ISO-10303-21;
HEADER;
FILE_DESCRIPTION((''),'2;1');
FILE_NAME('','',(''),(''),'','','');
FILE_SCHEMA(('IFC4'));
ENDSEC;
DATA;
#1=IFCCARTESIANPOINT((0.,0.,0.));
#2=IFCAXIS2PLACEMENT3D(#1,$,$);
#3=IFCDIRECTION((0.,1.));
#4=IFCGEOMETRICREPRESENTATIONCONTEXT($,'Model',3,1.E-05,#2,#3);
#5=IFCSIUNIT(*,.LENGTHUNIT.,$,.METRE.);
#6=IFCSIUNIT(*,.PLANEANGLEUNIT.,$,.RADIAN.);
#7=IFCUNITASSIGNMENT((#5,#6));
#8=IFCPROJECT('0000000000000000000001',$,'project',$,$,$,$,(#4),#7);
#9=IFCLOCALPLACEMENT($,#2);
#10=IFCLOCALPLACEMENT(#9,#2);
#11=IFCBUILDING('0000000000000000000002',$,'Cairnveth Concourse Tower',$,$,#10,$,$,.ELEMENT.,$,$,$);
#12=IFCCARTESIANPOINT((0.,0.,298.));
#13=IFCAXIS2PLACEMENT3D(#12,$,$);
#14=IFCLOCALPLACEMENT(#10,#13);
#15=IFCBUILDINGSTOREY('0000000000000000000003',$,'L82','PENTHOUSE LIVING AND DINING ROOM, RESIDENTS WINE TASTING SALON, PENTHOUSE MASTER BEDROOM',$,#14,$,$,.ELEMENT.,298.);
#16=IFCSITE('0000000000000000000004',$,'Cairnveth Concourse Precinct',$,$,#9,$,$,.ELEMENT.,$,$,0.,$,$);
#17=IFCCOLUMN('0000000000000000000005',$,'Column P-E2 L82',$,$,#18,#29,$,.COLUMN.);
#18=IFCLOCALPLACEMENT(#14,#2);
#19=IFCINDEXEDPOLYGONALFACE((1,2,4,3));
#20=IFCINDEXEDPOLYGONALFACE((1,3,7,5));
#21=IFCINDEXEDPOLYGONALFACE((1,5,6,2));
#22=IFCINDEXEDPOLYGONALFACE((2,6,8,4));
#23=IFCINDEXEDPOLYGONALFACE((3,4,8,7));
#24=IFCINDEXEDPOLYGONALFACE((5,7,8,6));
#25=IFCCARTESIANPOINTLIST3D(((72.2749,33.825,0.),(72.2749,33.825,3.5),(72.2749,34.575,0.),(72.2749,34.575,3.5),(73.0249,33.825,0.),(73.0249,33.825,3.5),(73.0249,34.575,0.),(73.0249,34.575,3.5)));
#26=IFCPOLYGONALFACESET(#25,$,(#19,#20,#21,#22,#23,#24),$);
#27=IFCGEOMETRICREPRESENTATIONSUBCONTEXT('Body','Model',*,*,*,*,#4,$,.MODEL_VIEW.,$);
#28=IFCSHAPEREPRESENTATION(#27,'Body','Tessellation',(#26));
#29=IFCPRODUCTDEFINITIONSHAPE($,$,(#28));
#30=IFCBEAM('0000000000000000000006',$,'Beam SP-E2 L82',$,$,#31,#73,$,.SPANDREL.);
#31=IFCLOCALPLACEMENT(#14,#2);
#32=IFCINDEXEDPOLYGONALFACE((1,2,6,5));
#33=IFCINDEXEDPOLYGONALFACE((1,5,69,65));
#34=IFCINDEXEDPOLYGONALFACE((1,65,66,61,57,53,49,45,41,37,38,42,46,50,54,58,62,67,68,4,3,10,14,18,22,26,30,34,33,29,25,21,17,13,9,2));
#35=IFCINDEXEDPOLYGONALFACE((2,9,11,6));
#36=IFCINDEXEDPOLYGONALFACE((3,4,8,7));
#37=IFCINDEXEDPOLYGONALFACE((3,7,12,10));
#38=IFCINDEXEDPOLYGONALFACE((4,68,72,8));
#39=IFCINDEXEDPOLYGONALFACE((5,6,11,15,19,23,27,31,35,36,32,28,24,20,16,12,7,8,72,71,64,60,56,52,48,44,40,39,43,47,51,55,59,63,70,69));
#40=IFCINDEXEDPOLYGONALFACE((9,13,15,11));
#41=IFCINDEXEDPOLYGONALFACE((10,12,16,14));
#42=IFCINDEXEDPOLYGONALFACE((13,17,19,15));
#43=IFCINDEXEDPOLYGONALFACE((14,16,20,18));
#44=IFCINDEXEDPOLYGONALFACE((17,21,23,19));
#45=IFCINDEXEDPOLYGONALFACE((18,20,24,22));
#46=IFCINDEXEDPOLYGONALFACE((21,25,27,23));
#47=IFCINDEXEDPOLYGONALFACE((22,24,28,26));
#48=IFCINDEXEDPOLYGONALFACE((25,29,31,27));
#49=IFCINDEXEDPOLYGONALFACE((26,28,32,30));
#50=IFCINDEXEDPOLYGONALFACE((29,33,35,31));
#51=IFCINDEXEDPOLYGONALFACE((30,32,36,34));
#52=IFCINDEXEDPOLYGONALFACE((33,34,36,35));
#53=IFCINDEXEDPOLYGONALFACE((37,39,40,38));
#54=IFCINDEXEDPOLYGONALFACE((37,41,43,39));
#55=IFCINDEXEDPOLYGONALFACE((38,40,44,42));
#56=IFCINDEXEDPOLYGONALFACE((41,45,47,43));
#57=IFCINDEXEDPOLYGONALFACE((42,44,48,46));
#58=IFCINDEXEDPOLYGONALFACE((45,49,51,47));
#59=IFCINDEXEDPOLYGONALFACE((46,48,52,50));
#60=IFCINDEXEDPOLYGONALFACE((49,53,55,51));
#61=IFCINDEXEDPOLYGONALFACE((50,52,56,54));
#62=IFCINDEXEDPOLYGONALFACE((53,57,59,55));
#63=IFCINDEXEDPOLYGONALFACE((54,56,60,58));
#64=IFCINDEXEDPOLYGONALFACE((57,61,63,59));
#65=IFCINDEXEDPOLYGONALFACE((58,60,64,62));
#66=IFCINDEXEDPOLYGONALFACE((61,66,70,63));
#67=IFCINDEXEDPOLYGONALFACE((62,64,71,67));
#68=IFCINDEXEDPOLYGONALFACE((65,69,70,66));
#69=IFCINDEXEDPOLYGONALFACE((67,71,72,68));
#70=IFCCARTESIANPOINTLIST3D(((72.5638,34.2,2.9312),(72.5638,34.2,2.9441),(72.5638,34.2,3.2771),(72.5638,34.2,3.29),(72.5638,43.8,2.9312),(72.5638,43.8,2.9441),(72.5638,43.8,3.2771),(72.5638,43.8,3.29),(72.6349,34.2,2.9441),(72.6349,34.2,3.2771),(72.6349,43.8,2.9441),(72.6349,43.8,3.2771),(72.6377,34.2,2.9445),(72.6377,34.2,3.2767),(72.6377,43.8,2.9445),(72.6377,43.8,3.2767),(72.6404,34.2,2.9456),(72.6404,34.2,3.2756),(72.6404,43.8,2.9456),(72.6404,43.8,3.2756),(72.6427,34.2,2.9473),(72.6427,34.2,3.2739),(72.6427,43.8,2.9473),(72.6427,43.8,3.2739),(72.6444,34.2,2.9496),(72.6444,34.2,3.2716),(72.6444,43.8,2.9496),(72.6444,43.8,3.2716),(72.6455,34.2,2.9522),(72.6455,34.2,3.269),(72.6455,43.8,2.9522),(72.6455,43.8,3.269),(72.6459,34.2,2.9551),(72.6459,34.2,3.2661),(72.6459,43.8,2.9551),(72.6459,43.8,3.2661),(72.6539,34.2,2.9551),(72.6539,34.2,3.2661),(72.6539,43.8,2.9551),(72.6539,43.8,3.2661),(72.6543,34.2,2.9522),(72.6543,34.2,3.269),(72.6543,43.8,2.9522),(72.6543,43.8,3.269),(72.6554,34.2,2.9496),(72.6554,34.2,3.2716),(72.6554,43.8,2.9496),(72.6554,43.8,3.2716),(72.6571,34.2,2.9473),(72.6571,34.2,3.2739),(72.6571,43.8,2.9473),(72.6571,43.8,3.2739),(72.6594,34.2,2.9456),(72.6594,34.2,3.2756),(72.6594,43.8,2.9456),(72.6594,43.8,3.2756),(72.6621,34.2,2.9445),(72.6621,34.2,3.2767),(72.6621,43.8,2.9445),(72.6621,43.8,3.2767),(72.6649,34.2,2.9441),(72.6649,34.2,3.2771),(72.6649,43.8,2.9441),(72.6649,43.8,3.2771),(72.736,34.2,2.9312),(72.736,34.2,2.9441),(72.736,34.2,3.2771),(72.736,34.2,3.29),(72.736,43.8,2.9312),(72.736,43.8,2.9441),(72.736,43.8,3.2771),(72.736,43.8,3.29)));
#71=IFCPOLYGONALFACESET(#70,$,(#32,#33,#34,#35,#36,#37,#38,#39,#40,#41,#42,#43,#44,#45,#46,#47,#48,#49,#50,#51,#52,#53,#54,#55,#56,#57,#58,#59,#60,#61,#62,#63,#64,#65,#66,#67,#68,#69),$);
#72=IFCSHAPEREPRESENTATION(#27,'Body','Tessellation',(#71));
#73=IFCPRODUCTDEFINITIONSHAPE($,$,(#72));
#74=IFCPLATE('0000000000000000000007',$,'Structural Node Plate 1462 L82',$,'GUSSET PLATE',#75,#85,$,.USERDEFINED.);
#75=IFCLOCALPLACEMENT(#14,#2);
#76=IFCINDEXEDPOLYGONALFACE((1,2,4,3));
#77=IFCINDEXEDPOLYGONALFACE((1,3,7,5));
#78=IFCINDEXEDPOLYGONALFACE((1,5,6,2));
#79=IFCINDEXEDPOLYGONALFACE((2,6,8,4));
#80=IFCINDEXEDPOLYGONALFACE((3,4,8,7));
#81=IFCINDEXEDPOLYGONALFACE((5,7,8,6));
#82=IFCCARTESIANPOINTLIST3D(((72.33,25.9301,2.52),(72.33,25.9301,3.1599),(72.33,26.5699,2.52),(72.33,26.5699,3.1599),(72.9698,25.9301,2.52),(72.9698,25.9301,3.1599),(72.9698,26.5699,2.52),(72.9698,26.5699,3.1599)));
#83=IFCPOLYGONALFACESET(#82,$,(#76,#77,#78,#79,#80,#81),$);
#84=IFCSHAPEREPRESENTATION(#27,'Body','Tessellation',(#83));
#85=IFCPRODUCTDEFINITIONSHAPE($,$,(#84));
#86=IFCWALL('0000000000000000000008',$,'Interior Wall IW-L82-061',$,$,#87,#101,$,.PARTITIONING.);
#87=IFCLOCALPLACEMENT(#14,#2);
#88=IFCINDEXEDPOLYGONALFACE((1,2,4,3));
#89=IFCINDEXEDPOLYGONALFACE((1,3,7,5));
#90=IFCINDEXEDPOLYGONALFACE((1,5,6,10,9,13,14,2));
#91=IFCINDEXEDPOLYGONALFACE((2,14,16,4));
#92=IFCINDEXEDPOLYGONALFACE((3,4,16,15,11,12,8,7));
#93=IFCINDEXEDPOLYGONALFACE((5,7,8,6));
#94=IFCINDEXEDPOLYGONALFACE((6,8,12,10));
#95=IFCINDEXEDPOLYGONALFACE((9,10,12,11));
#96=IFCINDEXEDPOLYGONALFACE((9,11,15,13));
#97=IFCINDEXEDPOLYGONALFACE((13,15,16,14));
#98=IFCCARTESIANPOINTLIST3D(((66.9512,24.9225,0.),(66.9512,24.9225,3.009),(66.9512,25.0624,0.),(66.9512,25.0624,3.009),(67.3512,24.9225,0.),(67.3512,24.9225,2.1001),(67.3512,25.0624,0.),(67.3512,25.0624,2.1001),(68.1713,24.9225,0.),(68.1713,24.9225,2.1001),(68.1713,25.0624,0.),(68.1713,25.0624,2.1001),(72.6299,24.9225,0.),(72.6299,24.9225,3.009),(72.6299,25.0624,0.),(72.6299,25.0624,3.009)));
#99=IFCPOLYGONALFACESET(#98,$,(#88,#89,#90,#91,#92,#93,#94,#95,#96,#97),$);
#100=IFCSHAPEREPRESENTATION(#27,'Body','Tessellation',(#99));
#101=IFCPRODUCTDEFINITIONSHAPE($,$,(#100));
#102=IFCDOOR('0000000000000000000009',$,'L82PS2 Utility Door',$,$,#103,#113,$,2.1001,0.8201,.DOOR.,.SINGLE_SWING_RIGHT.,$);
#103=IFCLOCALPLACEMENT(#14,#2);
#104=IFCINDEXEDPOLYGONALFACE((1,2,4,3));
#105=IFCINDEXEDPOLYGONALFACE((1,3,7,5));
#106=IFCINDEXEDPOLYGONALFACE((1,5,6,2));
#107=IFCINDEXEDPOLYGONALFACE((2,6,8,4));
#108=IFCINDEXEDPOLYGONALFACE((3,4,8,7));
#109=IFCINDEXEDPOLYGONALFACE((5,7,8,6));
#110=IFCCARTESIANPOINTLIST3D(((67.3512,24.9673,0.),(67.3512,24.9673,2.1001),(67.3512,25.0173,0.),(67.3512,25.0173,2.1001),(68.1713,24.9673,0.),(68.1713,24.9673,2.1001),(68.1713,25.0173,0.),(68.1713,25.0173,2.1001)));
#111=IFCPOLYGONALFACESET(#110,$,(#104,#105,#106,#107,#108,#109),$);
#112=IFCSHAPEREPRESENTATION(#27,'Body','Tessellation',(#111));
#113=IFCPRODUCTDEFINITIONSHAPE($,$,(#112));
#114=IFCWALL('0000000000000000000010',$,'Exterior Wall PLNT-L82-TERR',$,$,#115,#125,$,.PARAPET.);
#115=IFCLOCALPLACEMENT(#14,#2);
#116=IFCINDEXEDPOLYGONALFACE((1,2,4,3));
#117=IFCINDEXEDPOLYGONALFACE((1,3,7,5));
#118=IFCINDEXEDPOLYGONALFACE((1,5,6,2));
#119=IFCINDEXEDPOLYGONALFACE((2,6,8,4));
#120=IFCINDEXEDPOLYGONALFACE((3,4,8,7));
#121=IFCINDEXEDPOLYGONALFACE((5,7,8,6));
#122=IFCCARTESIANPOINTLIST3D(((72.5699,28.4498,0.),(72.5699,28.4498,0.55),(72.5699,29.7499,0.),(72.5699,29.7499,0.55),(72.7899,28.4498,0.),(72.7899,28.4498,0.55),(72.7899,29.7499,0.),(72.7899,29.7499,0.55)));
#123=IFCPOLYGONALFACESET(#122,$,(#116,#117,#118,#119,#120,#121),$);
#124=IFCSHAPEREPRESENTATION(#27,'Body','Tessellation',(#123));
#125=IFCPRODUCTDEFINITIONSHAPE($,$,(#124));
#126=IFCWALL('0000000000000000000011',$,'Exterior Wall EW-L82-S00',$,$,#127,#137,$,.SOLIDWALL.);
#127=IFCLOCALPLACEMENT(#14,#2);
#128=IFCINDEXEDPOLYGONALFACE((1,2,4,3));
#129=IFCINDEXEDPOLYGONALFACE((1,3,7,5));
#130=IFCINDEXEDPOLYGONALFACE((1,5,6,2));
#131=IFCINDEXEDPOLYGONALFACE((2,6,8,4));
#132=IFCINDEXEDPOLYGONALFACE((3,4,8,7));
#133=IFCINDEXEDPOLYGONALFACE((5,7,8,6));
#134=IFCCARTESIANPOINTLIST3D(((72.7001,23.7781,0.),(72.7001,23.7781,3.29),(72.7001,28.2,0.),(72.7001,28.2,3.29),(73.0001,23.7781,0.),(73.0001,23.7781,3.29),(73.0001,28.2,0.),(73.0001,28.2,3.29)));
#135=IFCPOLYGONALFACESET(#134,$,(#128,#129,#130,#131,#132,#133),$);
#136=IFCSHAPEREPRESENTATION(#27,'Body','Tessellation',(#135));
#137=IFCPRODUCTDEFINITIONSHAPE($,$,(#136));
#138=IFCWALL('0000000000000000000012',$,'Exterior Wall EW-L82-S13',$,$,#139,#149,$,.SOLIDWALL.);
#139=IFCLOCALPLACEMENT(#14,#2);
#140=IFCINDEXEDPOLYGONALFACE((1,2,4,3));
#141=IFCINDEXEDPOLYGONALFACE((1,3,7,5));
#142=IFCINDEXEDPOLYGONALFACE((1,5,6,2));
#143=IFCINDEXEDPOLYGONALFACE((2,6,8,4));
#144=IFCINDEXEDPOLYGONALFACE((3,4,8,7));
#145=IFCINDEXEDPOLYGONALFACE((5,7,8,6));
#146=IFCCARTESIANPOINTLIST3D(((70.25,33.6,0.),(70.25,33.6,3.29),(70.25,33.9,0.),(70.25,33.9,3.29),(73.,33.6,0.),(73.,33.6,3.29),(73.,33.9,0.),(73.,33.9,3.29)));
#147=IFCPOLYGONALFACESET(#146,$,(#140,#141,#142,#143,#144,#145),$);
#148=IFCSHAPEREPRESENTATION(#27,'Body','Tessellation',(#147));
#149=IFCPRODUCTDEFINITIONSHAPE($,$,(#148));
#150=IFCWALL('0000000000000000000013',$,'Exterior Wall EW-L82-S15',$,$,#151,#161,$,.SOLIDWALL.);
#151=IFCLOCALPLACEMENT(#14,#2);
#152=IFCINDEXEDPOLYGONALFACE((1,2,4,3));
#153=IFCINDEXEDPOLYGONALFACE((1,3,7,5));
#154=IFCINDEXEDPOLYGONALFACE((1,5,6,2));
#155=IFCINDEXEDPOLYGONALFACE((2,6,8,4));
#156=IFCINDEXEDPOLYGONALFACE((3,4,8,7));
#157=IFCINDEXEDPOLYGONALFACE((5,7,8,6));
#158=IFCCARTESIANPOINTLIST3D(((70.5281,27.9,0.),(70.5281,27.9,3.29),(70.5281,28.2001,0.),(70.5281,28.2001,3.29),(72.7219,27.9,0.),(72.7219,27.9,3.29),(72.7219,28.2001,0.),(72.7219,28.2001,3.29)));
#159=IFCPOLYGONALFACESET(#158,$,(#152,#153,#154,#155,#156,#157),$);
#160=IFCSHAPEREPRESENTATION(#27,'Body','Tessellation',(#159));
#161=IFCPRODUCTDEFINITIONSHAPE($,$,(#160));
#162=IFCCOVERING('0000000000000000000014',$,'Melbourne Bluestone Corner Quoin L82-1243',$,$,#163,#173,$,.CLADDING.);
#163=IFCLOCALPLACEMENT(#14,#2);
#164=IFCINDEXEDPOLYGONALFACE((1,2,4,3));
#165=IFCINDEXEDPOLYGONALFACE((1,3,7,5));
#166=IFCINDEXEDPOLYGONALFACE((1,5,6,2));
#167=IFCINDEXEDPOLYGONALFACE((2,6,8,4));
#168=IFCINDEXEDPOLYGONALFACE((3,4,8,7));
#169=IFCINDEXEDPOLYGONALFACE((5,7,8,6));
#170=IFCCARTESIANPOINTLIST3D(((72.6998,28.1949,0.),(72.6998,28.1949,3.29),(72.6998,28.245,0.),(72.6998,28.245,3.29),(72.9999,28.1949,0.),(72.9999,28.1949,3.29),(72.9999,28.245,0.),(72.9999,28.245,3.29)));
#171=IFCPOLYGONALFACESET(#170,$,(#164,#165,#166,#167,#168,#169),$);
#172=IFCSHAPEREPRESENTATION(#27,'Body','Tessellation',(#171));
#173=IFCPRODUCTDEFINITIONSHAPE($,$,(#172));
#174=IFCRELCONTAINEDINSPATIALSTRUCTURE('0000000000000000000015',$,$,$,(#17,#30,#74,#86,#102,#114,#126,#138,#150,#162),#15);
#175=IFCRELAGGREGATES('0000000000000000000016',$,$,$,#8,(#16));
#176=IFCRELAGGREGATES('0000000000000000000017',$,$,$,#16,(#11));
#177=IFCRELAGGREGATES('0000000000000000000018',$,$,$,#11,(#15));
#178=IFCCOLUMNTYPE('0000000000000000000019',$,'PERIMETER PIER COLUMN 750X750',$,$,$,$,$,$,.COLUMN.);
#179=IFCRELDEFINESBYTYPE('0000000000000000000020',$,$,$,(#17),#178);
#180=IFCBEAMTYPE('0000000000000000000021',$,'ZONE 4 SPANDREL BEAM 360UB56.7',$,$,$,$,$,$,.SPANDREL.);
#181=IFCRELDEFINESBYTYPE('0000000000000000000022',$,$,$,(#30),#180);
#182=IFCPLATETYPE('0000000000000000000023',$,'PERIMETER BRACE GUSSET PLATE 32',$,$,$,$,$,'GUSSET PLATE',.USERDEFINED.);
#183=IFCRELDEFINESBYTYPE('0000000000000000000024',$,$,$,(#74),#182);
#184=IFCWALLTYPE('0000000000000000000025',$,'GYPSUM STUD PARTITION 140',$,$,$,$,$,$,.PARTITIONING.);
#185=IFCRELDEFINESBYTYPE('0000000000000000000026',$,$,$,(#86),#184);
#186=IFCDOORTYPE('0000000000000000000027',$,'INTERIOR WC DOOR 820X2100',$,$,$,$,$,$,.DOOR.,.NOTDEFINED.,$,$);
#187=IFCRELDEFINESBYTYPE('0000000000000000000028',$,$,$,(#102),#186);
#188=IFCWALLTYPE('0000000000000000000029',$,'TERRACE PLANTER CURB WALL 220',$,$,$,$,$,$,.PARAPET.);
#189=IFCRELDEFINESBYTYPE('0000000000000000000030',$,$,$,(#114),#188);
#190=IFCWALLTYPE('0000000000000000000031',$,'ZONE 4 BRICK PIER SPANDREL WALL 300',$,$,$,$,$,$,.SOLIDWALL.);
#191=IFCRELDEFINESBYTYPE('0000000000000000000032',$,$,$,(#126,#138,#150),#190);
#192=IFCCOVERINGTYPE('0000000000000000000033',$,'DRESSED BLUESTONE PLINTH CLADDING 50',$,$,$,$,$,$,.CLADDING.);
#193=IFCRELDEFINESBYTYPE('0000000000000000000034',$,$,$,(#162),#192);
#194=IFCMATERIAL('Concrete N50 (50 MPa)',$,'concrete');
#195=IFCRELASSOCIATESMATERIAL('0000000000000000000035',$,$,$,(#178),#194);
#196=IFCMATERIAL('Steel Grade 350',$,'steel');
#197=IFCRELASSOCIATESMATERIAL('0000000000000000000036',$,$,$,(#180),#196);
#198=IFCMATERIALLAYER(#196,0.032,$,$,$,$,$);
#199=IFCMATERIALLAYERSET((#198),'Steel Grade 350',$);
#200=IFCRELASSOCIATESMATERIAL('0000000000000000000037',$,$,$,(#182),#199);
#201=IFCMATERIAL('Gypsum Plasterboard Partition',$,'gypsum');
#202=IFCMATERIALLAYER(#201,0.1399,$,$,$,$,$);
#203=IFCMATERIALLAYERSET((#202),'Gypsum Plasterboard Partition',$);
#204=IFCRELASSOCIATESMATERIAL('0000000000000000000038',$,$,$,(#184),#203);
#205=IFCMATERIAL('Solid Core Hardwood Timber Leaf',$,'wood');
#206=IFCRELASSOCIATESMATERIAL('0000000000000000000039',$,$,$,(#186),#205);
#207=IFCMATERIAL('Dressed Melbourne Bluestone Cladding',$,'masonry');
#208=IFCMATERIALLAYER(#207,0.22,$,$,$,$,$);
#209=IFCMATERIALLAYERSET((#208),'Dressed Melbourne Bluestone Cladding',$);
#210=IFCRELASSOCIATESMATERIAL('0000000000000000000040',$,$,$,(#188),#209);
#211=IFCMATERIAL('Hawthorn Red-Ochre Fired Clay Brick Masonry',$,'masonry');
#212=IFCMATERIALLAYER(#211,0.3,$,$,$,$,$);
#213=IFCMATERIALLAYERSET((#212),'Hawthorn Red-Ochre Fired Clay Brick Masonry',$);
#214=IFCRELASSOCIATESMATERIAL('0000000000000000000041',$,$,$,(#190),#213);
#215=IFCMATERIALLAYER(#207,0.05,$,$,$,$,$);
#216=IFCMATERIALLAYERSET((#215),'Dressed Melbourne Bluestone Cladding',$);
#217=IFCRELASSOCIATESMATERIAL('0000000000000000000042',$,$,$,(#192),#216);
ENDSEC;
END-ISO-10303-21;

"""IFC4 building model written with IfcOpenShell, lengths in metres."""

from ifc_helpers import new_model, si_unit, direction, frame, frame_2d, origin, origin_2d, place, context, subcontext, project, spatial, rectangle, i_section, extrude, material, layer, layer_set, material_profile, profile_set, type_object, element, fill, save


model = new_model("IFC4")

# Units and contexts
model_context = context("Model", 3, precision=1e-05, world=origin(), true_north=direction((0.0, 1.0)))
body_context = subcontext(model_context, "Body", "Model", "MODEL_VIEW")
ifc_project = project(units=[si_unit("LENGTHUNIT", "METRE"), si_unit("PLANEANGLEUNIT", "RADIAN")], contexts=[model_context])

# Site, building, storey
site_placement = place(None, origin())
site = spatial("IfcSite", under=ifc_project, at=site_placement, Name="Cairnveth Concourse Precinct", CompositionType="ELEMENT", RefElevation=0.0)
building_placement = place(site_placement, origin())
building = spatial("IfcBuilding", under=site, at=building_placement, Name="Cairnveth Concourse Tower", CompositionType="ELEMENT")
storey_placement = place(building_placement, frame((0.0, 0.0, 298.0)))
storey = spatial("IfcBuildingStorey", under=building, at=storey_placement, Name="L82", Description="PENTHOUSE LIVING AND DINING ROOM, RESIDENTS WINE TASTING SALON, PENTHOUSE MASTER BEDROOM", CompositionType="ELEMENT", Elevation=298.0)

# Column
ifc_material_1 = material(Name="Concrete N50 (50 MPa)", Category="concrete")
ifc_material_profile_1 = material_profile(ifc_material_1, rectangle(XDim=0.75, YDim=0.75, at=origin_2d()), Name="RC-COL-750x750")
ifc_profile_set_1 = profile_set([ifc_material_profile_1], Name="Concrete N50 (50 MPa)")
column_type = type_object("IfcColumnType", Name="PERIMETER PIER COLUMN 750X750", PredefinedType="COLUMN", material=ifc_profile_set_1)
column_placement = place(storey_placement, frame((72.6499, 34.2, 0.0), z_axis=(0.0, 0.0, 1.0), x_axis=(0.0, 1.0, 0.0)))
element("IfcColumn", 1, at=column_placement, inside=storey, type_object=column_type, Name="Column P-E2 L82", PredefinedType="COLUMN", context=body_context, shape_type="SweptSolid", body=[
    extrude(rectangle(XDim=0.75, YDim=0.75, at=origin_2d()), origin(), (0.0, 0.0, 1.0), 3.5),
])

# Beam
ifc_material_2 = material(Name="Steel Grade 350", Category="steel")
ifc_material_profile_2 = material_profile(ifc_material_2, i_section(OverallWidth=0.1721, OverallDepth=0.3589, WebThickness=0.0081, FlangeThickness=0.0129, FilletRadius=0.011, at=origin_2d()), Name="360UB56.7")
ifc_profile_set_2 = profile_set([ifc_material_profile_2], Name="Steel Grade 350")
beam_type = type_object("IfcBeamType", Name="ZONE 4 SPANDREL BEAM 360UB56.7", PredefinedType="SPANDREL", material=ifc_profile_set_2)
beam_placement = place(storey_placement, frame((72.6499, 34.2, 3.1106), z_axis=(0.0, 1.0, 0.0), x_axis=(-1.0, 0.0, 0.0)))
element("IfcBeam", 2, at=beam_placement, inside=storey, type_object=beam_type, Name="Beam SP-E2 L82", PredefinedType="SPANDREL", context=body_context, shape_type="SweptSolid", body=[
    extrude(i_section(OverallWidth=0.1721, OverallDepth=0.3589, WebThickness=0.0081, FlangeThickness=0.0129, FilletRadius=0.011, at=origin_2d()), origin(), (0.0, 0.0, 1.0), 9.6001),
])

# Plate
ifc_layer_1 = layer(ifc_material_2, 0.032)
ifc_layer_set_1 = layer_set([ifc_layer_1], Name="Steel Grade 350")
plate_type = type_object("IfcPlateType", Name="PERIMETER BRACE GUSSET PLATE 32", ElementType="GUSSET PLATE", PredefinedType="USERDEFINED", material=ifc_layer_set_1)
plate_placement = place(storey_placement, frame((72.6499, 26.25, 2.52), z_axis=(0.0, 0.0, 1.0), x_axis=(1.0, 0.0, 0.0)))
element("IfcPlate", 3, at=plate_placement, inside=storey, type_object=plate_type, Name="Structural Node Plate 1462 L82", ObjectType="GUSSET PLATE", PredefinedType="USERDEFINED", context=body_context, shape_type="SweptSolid", body=[
    extrude(rectangle(XDim=0.6399, YDim=0.6399, at=origin_2d()), origin(), (0.0, 0.0, 1.0), 0.6399),
])

# Wall, opening, door
ifc_material_3 = material(Name="Gypsum Plasterboard Partition", Category="gypsum")
ifc_layer_2 = layer(ifc_material_3, 0.1399)
ifc_layer_set_2 = layer_set([ifc_layer_2], Name="Gypsum Plasterboard Partition")
wall_type_1 = type_object("IfcWallType", Name="GYPSUM STUD PARTITION 140", PredefinedType="PARTITIONING", material=ifc_layer_set_2)
wall_1_placement = place(storey_placement, frame((66.9512, 24.9924, 0.0), z_axis=(0.0, 0.0, 1.0), x_axis=(1.0, 0.0, 0.0)))
wall_1 = element("IfcWall", 4, at=wall_1_placement, inside=storey, type_object=wall_type_1, Name="Interior Wall IW-L82-061", PredefinedType="PARTITIONING", context=body_context, shape_type="SweptSolid", body=[
    extrude(rectangle(XDim=5.6787, YDim=0.1399, at=frame_2d((2.8394, 0.0))), origin(), (0.0, 0.0, 1.0), 3.009),
])
opening_1_placement = place(wall_1_placement, frame((0.3999, 0.0, 0.0)))
opening_1 = element("IfcOpeningElement", 5, at=opening_1_placement, cuts=wall_1, PredefinedType="OPENING", context=body_context, shape_type="SweptSolid", body=[
    extrude(rectangle(XDim=0.8201, YDim=2.1001, at=frame_2d((0.4102, 1.05))), frame((0.0, 0.0798, 0.0), z_axis=(0.0, -1.0, 0.0), x_axis=(1.0, 0.0, 0.0)), (0.0, 0.0, 1.0), 0.1599),
])
ifc_material_4 = material(Name="Solid Core Hardwood Timber Leaf", Category="wood")
door_type_1 = type_object("IfcDoorType", Name="INTERIOR WC DOOR 820X2100", OperationType="NOTDEFINED", PredefinedType="DOOR", material=ifc_material_4)
door_1_placement = place(opening_1_placement, origin())
door_1 = element("IfcDoor", 6, at=door_1_placement, inside=storey, type_object=door_type_1, Name="L82PS2 Utility Door", OperationType="SINGLE_SWING_RIGHT", OverallHeight=2.1001, OverallWidth=0.8201, PredefinedType="DOOR", context=body_context, shape_type="SweptSolid", body=[
    extrude(rectangle(XDim=0.8201, YDim=2.1001, at=frame_2d((0.4102, 1.05))), frame((0.0, 0.0249, 0.0), z_axis=(0.0, -1.0, 0.0), x_axis=(1.0, 0.0, 0.0)), (0.0, 0.0, 1.0), 0.05),
])
fill(opening_1, door_1)

# Walls
ifc_material_5 = material(Name="Dressed Melbourne Bluestone Cladding", Category="masonry")
ifc_layer_3 = layer(ifc_material_5, 0.22)
ifc_layer_set_3 = layer_set([ifc_layer_3], Name="Dressed Melbourne Bluestone Cladding")
wall_type_2 = type_object("IfcWallType", Name="TERRACE PLANTER CURB WALL 220", PredefinedType="PARAPET", material=ifc_layer_set_3)
wall_2_placement = place(storey_placement, frame((72.6799, 28.45, 0.0), z_axis=(0.0, 0.0, 1.0), x_axis=(0.0, 1.0, 0.0)))
element("IfcWall", 7, at=wall_2_placement, inside=storey, type_object=wall_type_2, Name="Exterior Wall PLNT-L82-TERR", PredefinedType="PARAPET", context=body_context, shape_type="SweptSolid", body=[
    extrude(rectangle(XDim=1.3, YDim=0.22, at=frame_2d((0.6499, 0.0))), origin(), (0.0, 0.0, 1.0), 0.55),
])
ifc_material_6 = material(Name="Hawthorn Red-Ochre Fired Clay Brick Masonry", Category="masonry")
ifc_layer_4 = layer(ifc_material_6, 0.3)
ifc_layer_set_4 = layer_set([ifc_layer_4], Name="Hawthorn Red-Ochre Fired Clay Brick Masonry")
wall_type_3 = type_object("IfcWallType", Name="ZONE 4 BRICK PIER SPANDREL WALL 300", PredefinedType="SOLIDWALL", material=ifc_layer_set_4)
wall_3_placement = place(storey_placement, frame((72.8501, 28.2, 0.0), z_axis=(0.0, 0.0, 1.0), x_axis=(0.0, -1.0, 0.0)))
element("IfcWall", 8, at=wall_3_placement, inside=storey, type_object=wall_type_3, Name="Exterior Wall EW-L82-S00", PredefinedType="SOLIDWALL", context=body_context, shape_type="SweptSolid", body=[
    extrude(rectangle(XDim=4.4219, YDim=0.3, at=frame_2d((2.2109, 0.0))), origin(), (0.0, 0.0, 1.0), 3.29),
])
wall_4_placement = place(storey_placement, frame((73.0, 33.75, 0.0), z_axis=(0.0, 0.0, 1.0), x_axis=(-1.0, 0.0, 0.0)))
element("IfcWall", 9, at=wall_4_placement, inside=storey, type_object=wall_type_3, Name="Exterior Wall EW-L82-S13", PredefinedType="SOLIDWALL", context=body_context, shape_type="SweptSolid", body=[
    extrude(rectangle(XDim=2.75, YDim=0.3, at=frame_2d((1.375, 0.0))), origin(), (0.0, 0.0, 1.0), 3.29),
])

# Wall
wall_5_placement = place(storey_placement, frame((70.5281, 28.05, 0.0), z_axis=(0.0, 0.0, 1.0), x_axis=(1.0, 0.0, 0.0)))
element("IfcWall", 10, at=wall_5_placement, inside=storey, type_object=wall_type_3, Name="Exterior Wall EW-L82-S15", PredefinedType="SOLIDWALL", context=body_context, shape_type="SweptSolid", body=[
    extrude(rectangle(XDim=2.1938, YDim=0.3, at=frame_2d((1.0969, 0.0))), origin(), (0.0, 0.0, 1.0), 3.29),
])

# Covering
ifc_layer_5 = layer(ifc_material_5, 0.05)
ifc_layer_set_5 = layer_set([ifc_layer_5], Name="Dressed Melbourne Bluestone Cladding")
covering_type = type_object("IfcCoveringType", Name="DRESSED BLUESTONE PLINTH CLADDING 50", PredefinedType="CLADDING", material=ifc_layer_set_5)
for number, where, z_axis, x_axis, name in (
    (11, (72.7, 28.22, 0.0), (0.0, 0.0, 1.0), (1.0, 0.0, 0.0), "Melbourne Bluestone Corner Quoin L82-1243"),
):
    element("IfcCovering", number, at=place(storey_placement, frame(where, z_axis=z_axis, x_axis=x_axis)), inside=storey, type_object=covering_type, Name=name, PredefinedType="CLADDING", context=body_context, shape_type="SweptSolid", body=[
        extrude(rectangle(XDim=0.3, YDim=0.05, at=frame_2d((0.1499, 0.0))), origin(), (0.0, 0.0, 1.0), 3.29),
    ])

save(model, "model.ifc")
